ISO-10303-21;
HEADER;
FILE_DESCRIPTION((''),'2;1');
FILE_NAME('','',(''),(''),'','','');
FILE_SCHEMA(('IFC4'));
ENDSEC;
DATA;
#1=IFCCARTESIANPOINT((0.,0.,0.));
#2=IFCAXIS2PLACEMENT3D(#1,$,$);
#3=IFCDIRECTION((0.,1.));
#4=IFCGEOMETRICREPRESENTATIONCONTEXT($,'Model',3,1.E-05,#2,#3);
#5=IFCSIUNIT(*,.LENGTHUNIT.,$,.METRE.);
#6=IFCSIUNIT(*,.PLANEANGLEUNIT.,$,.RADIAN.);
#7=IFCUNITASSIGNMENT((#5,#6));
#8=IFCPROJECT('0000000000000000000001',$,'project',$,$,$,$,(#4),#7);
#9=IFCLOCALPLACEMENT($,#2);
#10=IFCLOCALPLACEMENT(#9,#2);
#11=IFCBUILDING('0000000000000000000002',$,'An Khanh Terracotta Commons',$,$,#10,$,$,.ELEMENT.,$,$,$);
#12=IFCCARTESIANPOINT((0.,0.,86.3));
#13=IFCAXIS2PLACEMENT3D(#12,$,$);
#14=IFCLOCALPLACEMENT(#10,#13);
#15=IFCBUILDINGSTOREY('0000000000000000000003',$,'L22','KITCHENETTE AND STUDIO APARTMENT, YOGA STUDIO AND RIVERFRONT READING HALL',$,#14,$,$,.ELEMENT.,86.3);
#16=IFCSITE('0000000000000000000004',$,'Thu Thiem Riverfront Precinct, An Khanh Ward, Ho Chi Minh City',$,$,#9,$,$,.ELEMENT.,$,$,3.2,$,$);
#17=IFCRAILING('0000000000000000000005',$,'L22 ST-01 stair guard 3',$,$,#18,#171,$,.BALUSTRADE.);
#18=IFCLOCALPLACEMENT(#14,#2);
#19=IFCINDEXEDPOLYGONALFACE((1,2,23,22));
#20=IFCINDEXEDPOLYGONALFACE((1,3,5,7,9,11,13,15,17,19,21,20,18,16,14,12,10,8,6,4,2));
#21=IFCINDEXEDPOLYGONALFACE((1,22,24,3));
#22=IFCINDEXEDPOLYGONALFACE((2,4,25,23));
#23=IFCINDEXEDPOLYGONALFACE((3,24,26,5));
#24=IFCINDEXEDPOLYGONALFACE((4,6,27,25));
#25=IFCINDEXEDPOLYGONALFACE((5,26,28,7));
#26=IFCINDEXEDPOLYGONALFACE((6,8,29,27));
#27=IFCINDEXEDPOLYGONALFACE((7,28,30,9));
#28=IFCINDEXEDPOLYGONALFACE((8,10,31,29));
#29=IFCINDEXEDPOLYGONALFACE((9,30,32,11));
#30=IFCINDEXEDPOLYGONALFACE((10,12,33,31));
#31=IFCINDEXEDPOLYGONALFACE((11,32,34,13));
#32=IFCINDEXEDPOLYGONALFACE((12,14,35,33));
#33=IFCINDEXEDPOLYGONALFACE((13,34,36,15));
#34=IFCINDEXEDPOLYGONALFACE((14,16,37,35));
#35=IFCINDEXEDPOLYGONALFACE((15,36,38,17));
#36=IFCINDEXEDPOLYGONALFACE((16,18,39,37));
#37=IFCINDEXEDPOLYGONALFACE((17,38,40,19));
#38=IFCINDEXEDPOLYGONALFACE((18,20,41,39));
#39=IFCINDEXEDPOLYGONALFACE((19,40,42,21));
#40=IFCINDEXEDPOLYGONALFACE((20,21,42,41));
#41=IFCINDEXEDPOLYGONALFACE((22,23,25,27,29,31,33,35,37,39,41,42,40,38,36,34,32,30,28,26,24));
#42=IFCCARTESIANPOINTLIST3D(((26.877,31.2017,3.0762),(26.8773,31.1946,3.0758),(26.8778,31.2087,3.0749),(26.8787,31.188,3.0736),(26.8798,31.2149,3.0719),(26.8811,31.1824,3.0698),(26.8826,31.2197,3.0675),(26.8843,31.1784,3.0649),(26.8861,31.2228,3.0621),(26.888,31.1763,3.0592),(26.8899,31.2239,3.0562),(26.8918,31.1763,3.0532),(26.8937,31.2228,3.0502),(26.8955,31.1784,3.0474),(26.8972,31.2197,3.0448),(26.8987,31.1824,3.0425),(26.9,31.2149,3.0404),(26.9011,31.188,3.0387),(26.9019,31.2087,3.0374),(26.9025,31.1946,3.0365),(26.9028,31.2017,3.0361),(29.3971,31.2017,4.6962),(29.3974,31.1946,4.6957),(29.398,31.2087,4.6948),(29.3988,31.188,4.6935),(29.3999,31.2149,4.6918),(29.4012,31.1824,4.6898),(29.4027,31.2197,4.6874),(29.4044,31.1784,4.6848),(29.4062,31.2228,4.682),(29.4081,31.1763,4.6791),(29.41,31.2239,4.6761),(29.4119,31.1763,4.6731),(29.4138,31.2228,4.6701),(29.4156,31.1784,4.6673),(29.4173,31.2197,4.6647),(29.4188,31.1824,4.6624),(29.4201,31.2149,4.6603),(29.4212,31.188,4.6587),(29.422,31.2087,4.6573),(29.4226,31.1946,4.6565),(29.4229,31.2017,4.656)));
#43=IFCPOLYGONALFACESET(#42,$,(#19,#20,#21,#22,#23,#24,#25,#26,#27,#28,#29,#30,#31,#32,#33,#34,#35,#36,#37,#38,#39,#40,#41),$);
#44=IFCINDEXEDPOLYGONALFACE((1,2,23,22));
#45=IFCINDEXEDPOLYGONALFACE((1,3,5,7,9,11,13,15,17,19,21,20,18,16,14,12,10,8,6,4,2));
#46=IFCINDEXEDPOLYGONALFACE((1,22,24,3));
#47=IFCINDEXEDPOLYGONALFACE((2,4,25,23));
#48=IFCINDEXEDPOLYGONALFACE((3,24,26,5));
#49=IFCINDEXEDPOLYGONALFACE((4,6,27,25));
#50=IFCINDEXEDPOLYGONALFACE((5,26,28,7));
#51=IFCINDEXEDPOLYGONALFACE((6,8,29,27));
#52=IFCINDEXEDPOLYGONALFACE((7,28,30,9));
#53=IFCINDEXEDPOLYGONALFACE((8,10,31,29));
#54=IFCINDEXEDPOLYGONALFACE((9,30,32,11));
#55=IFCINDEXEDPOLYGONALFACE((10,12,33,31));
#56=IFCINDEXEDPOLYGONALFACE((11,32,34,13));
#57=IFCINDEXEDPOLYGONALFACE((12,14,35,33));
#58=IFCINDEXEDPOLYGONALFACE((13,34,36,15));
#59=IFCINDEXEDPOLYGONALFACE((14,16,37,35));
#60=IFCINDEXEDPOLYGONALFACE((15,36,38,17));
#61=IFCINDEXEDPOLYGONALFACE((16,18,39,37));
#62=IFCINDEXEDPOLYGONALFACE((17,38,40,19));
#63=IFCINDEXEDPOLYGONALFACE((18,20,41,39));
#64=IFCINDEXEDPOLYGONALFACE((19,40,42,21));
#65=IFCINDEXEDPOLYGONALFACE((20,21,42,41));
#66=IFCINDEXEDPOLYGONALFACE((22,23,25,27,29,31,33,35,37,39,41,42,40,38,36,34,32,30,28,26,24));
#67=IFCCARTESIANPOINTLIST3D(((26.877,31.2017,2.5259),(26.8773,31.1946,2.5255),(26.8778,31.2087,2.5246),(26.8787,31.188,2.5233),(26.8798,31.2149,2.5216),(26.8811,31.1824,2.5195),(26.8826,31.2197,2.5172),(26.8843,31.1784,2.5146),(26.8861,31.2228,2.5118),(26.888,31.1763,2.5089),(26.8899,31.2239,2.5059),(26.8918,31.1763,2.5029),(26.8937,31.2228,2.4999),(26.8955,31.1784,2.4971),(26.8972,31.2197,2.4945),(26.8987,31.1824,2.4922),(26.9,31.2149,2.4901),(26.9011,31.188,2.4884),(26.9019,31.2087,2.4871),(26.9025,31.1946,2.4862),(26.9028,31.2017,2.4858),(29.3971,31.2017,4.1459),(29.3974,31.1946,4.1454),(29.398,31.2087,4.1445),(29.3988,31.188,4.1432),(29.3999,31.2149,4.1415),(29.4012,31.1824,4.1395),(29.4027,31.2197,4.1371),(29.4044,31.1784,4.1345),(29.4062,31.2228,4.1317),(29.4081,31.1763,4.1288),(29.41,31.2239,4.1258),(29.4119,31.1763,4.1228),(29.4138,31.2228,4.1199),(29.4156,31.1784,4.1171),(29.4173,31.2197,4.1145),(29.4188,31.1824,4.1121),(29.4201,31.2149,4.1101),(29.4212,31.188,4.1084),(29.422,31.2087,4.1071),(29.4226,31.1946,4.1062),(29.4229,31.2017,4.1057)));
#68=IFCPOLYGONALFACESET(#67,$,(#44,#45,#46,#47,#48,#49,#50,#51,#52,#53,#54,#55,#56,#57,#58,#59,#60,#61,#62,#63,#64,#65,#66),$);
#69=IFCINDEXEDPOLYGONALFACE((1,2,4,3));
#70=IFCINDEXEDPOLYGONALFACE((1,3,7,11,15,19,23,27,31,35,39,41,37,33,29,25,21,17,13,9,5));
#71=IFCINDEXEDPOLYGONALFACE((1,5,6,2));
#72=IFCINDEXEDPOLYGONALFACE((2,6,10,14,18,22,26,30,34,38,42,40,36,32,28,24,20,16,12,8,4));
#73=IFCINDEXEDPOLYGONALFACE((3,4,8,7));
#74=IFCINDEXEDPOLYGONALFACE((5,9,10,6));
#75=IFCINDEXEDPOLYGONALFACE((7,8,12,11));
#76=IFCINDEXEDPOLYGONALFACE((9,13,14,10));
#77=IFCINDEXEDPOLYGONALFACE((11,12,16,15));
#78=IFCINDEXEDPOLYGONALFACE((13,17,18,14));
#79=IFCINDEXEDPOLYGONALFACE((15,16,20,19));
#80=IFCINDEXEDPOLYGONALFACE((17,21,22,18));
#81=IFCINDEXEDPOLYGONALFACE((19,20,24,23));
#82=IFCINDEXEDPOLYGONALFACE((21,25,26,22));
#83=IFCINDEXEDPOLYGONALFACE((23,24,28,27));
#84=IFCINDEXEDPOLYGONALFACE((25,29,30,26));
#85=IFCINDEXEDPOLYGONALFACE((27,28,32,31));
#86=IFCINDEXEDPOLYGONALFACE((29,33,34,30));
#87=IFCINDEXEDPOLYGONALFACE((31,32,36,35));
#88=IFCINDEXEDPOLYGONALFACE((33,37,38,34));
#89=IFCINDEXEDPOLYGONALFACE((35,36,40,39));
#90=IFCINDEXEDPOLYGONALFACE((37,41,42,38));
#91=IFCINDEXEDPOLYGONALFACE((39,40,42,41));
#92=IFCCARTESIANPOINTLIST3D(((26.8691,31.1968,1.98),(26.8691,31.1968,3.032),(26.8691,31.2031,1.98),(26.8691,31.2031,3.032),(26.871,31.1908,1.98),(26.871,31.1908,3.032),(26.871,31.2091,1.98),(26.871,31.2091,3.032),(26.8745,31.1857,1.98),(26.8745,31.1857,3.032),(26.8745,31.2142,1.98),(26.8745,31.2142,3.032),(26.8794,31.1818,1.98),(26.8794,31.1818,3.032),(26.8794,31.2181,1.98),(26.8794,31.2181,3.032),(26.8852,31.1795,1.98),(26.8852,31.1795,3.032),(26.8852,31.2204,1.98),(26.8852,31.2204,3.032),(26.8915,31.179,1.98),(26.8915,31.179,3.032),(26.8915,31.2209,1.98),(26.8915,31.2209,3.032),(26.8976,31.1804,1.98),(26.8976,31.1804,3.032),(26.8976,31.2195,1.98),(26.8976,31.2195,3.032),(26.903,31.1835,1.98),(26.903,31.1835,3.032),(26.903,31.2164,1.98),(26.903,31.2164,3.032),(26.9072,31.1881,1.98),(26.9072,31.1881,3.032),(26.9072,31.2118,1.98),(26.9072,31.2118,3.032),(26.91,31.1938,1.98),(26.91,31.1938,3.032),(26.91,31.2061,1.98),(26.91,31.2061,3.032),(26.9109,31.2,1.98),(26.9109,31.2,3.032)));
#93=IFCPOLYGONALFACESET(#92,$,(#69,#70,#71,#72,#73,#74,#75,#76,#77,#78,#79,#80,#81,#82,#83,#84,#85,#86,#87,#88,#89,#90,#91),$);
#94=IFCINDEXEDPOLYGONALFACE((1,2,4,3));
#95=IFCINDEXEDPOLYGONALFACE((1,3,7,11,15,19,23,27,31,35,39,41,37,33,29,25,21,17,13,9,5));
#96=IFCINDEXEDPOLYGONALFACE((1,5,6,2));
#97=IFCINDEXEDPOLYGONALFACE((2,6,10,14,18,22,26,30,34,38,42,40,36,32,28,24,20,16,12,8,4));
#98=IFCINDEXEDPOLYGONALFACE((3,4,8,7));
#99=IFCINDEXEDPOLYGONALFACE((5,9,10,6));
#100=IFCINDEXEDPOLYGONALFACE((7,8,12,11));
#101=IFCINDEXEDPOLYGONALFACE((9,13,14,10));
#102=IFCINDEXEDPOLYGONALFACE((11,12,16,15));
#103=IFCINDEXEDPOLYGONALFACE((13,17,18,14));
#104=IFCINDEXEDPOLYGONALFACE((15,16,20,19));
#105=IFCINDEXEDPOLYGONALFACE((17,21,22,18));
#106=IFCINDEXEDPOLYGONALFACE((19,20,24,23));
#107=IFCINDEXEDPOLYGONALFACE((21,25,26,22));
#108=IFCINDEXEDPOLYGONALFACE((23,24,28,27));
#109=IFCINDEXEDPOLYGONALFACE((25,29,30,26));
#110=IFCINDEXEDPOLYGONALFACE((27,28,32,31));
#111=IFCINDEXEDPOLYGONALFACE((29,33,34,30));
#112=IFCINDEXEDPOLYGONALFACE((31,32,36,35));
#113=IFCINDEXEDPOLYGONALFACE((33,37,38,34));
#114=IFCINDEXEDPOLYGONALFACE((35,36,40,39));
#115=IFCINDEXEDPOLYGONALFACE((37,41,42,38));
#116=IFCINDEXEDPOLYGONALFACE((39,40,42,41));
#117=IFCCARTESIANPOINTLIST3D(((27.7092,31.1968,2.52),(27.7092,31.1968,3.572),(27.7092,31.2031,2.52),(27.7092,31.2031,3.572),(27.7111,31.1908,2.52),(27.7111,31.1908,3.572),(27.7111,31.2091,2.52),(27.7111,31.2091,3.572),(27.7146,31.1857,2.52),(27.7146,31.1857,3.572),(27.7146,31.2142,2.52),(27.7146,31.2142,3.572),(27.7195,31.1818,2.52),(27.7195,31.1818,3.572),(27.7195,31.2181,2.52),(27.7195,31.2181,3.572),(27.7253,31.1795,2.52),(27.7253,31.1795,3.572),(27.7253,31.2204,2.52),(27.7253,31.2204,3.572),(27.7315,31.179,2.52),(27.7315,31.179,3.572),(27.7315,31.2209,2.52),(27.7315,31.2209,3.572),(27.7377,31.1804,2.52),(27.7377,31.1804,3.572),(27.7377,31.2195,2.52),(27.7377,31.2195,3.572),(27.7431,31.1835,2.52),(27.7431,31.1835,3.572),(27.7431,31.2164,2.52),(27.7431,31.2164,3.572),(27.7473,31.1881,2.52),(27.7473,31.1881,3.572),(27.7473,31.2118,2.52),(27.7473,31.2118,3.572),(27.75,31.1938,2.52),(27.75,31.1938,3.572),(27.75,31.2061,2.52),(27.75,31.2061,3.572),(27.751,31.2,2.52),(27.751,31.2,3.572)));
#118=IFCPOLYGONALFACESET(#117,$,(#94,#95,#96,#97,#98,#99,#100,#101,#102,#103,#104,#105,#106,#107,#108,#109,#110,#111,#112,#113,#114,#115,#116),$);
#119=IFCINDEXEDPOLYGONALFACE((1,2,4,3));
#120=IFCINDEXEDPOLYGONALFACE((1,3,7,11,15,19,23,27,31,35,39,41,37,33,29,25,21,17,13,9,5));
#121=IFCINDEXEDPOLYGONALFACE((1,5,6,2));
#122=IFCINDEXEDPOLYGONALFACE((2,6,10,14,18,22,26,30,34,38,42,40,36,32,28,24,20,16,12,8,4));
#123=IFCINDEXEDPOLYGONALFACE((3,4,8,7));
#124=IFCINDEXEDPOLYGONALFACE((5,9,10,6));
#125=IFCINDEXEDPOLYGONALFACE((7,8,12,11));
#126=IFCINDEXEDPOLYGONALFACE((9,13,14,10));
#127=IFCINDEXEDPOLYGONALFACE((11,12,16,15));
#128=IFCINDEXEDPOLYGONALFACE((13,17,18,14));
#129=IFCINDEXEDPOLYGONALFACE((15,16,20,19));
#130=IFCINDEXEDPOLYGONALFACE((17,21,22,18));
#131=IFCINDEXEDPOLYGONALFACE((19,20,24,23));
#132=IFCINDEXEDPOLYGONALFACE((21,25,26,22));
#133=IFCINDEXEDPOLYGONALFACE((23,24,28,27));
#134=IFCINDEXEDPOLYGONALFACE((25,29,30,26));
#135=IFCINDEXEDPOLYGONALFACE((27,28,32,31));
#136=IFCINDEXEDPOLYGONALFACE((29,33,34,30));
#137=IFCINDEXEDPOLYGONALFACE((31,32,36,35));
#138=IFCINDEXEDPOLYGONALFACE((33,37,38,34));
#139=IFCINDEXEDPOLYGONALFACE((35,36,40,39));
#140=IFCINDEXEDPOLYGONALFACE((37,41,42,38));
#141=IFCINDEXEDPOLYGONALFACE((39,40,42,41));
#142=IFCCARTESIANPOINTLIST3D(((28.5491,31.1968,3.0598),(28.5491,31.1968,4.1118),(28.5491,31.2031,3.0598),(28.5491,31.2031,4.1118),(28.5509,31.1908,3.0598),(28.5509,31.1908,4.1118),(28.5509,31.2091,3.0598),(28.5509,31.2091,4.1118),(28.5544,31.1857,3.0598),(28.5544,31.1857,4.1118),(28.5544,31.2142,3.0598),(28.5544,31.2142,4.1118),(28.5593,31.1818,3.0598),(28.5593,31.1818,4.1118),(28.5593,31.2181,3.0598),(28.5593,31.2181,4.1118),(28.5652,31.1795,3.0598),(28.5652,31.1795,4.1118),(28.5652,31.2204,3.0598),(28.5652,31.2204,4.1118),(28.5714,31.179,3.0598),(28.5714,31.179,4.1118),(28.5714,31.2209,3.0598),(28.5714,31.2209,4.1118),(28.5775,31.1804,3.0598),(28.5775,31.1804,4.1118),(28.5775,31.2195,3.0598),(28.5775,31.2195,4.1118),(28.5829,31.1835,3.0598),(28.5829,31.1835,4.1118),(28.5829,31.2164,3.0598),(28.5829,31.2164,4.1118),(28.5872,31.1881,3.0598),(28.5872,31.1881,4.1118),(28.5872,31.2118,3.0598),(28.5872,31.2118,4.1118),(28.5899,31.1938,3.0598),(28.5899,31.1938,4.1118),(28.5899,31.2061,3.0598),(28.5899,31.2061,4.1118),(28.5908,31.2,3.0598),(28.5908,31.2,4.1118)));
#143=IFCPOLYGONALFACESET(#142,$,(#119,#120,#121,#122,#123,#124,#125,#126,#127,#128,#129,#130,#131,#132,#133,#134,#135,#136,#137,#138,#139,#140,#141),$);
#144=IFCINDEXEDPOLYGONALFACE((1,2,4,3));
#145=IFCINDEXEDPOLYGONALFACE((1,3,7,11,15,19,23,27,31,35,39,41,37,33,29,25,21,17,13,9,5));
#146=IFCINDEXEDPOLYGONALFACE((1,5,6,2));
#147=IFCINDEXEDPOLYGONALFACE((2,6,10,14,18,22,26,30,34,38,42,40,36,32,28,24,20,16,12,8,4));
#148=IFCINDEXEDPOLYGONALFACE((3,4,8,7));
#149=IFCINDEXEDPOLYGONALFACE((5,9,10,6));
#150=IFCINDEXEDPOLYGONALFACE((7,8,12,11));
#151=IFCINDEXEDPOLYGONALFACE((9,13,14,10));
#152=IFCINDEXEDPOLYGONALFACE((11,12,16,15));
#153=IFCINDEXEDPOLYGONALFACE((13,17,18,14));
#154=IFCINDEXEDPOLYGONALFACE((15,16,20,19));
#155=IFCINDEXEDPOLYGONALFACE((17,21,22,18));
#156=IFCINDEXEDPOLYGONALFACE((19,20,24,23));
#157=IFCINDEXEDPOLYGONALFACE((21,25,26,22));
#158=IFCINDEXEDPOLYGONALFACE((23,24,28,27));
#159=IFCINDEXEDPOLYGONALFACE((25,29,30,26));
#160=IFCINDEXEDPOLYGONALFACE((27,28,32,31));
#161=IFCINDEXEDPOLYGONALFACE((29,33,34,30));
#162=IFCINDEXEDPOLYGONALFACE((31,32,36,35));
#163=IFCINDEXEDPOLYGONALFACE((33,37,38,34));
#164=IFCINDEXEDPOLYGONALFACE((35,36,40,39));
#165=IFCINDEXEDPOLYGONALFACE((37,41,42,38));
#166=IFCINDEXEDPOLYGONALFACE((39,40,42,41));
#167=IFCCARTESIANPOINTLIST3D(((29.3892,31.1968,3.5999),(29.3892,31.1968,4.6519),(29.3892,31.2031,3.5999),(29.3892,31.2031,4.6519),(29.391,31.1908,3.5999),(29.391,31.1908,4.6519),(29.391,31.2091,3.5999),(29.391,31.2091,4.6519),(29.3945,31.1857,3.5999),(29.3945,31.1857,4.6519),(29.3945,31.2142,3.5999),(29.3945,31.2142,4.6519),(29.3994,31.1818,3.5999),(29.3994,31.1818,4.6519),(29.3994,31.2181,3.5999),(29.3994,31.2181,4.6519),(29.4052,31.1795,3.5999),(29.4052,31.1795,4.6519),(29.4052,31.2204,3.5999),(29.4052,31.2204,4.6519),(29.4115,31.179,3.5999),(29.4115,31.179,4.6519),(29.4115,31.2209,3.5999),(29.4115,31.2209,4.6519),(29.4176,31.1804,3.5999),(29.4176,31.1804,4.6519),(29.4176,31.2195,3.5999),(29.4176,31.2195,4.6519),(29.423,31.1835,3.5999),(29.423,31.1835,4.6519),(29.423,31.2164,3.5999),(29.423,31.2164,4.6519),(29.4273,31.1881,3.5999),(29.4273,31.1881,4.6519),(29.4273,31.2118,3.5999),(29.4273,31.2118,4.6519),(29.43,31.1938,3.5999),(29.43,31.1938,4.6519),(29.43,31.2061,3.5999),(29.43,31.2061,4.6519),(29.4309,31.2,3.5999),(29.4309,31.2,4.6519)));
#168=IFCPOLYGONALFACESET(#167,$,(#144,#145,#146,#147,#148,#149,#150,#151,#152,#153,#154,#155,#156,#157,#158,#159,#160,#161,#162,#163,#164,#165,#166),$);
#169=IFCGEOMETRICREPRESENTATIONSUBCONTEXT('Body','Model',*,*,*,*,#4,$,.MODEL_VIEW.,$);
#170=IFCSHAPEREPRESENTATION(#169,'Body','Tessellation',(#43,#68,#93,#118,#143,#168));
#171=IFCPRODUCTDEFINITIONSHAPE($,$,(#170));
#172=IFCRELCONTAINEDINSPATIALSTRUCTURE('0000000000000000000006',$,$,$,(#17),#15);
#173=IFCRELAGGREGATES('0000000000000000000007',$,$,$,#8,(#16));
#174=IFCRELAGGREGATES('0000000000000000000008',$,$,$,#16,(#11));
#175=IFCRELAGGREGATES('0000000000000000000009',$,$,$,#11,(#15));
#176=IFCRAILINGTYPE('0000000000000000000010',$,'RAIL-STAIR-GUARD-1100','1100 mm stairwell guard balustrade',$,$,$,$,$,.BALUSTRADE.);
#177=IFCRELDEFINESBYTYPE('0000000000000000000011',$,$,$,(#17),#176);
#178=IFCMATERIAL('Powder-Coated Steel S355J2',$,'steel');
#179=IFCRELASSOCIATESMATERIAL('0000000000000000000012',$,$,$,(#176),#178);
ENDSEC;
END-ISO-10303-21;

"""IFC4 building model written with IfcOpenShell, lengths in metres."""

from ifc_helpers import new_model, si_unit, direction, frame, origin, origin_2d, place, context, subcontext, project, spatial, circle, extrude, material, type_object, element, save


model = new_model("IFC4")

# Units and contexts
model_context = context("Model", 3, precision=1e-05, world=origin(), true_north=direction((0.0, 1.0)))
body_context = subcontext(model_context, "Body", "Model", "MODEL_VIEW")
ifc_project = project(units=[si_unit("LENGTHUNIT", "METRE"), si_unit("PLANEANGLEUNIT", "RADIAN")], contexts=[model_context])

# Site, building, storey
site_placement = place(None, origin())
site = spatial("IfcSite", under=ifc_project, at=site_placement, Name="Thu Thiem Riverfront Precinct, An Khanh Ward, Ho Chi Minh City", CompositionType="ELEMENT", RefElevation=3.2)
building_placement = place(site_placement, origin())
building = spatial("IfcBuilding", under=site, at=building_placement, Name="An Khanh Terracotta Commons", CompositionType="ELEMENT")
storey_placement = place(building_placement, frame((0.0, 0.0, 86.3)))
storey = spatial("IfcBuildingStorey", under=building, at=storey_placement, Name="L22", Description="KITCHENETTE AND STUDIO APARTMENT, YOGA STUDIO AND RIVERFRONT READING HALL", CompositionType="ELEMENT", Elevation=86.3)

# Railing
ifc_material_1 = material(Name="Powder-Coated Steel S355J2", Category="steel")
railing_type_1 = type_object("IfcRailingType", Name="RAIL-STAIR-GUARD-1100", Description="1100 mm stairwell guard balustrade", PredefinedType="BALUSTRADE", material=ifc_material_1)
railing_1_placement = place(storey_placement, frame((26.8899, 31.2, 1.98)))
element("IfcRailing", 1, at=railing_1_placement, inside=storey, type_object=railing_type_1, Name="L22 ST-01 stair guard 3", PredefinedType="BALUSTRADE", context=body_context, shape_type="SweptSolid", body=[
    extrude(circle(Radius=0.0239, at=origin_2d()), frame((0.0, 0.0, 1.0762), z_axis=(0.8412, 0.0, 0.540725), x_axis=(0.0, 1.0, 0.0)), (0.0, 0.0, 1.0), 2.9958),
    extrude(circle(Radius=0.0239, at=origin_2d()), frame((0.0, 0.0, 0.5259), z_axis=(0.8412, 0.0, 0.540725), x_axis=(0.0, 1.0, 0.0)), (0.0, 0.0, 1.0), 2.9958),
    extrude(circle(Radius=0.021, at=origin_2d()), origin(), (0.0, 0.0, 1.0), 1.052),
    extrude(circle(Radius=0.021, at=origin_2d()), frame((0.8401, 0.0, 0.54)), (0.0, 0.0, 1.0), 1.052),
    extrude(circle(Radius=0.021, at=origin_2d()), frame((1.6799, 0.0, 1.0798)), (0.0, 0.0, 1.0), 1.052),
    extrude(circle(Radius=0.021, at=origin_2d()), frame((2.52, 0.0, 1.6199)), (0.0, 0.0, 1.0), 1.052),
])

save(model, "model.ifc")
